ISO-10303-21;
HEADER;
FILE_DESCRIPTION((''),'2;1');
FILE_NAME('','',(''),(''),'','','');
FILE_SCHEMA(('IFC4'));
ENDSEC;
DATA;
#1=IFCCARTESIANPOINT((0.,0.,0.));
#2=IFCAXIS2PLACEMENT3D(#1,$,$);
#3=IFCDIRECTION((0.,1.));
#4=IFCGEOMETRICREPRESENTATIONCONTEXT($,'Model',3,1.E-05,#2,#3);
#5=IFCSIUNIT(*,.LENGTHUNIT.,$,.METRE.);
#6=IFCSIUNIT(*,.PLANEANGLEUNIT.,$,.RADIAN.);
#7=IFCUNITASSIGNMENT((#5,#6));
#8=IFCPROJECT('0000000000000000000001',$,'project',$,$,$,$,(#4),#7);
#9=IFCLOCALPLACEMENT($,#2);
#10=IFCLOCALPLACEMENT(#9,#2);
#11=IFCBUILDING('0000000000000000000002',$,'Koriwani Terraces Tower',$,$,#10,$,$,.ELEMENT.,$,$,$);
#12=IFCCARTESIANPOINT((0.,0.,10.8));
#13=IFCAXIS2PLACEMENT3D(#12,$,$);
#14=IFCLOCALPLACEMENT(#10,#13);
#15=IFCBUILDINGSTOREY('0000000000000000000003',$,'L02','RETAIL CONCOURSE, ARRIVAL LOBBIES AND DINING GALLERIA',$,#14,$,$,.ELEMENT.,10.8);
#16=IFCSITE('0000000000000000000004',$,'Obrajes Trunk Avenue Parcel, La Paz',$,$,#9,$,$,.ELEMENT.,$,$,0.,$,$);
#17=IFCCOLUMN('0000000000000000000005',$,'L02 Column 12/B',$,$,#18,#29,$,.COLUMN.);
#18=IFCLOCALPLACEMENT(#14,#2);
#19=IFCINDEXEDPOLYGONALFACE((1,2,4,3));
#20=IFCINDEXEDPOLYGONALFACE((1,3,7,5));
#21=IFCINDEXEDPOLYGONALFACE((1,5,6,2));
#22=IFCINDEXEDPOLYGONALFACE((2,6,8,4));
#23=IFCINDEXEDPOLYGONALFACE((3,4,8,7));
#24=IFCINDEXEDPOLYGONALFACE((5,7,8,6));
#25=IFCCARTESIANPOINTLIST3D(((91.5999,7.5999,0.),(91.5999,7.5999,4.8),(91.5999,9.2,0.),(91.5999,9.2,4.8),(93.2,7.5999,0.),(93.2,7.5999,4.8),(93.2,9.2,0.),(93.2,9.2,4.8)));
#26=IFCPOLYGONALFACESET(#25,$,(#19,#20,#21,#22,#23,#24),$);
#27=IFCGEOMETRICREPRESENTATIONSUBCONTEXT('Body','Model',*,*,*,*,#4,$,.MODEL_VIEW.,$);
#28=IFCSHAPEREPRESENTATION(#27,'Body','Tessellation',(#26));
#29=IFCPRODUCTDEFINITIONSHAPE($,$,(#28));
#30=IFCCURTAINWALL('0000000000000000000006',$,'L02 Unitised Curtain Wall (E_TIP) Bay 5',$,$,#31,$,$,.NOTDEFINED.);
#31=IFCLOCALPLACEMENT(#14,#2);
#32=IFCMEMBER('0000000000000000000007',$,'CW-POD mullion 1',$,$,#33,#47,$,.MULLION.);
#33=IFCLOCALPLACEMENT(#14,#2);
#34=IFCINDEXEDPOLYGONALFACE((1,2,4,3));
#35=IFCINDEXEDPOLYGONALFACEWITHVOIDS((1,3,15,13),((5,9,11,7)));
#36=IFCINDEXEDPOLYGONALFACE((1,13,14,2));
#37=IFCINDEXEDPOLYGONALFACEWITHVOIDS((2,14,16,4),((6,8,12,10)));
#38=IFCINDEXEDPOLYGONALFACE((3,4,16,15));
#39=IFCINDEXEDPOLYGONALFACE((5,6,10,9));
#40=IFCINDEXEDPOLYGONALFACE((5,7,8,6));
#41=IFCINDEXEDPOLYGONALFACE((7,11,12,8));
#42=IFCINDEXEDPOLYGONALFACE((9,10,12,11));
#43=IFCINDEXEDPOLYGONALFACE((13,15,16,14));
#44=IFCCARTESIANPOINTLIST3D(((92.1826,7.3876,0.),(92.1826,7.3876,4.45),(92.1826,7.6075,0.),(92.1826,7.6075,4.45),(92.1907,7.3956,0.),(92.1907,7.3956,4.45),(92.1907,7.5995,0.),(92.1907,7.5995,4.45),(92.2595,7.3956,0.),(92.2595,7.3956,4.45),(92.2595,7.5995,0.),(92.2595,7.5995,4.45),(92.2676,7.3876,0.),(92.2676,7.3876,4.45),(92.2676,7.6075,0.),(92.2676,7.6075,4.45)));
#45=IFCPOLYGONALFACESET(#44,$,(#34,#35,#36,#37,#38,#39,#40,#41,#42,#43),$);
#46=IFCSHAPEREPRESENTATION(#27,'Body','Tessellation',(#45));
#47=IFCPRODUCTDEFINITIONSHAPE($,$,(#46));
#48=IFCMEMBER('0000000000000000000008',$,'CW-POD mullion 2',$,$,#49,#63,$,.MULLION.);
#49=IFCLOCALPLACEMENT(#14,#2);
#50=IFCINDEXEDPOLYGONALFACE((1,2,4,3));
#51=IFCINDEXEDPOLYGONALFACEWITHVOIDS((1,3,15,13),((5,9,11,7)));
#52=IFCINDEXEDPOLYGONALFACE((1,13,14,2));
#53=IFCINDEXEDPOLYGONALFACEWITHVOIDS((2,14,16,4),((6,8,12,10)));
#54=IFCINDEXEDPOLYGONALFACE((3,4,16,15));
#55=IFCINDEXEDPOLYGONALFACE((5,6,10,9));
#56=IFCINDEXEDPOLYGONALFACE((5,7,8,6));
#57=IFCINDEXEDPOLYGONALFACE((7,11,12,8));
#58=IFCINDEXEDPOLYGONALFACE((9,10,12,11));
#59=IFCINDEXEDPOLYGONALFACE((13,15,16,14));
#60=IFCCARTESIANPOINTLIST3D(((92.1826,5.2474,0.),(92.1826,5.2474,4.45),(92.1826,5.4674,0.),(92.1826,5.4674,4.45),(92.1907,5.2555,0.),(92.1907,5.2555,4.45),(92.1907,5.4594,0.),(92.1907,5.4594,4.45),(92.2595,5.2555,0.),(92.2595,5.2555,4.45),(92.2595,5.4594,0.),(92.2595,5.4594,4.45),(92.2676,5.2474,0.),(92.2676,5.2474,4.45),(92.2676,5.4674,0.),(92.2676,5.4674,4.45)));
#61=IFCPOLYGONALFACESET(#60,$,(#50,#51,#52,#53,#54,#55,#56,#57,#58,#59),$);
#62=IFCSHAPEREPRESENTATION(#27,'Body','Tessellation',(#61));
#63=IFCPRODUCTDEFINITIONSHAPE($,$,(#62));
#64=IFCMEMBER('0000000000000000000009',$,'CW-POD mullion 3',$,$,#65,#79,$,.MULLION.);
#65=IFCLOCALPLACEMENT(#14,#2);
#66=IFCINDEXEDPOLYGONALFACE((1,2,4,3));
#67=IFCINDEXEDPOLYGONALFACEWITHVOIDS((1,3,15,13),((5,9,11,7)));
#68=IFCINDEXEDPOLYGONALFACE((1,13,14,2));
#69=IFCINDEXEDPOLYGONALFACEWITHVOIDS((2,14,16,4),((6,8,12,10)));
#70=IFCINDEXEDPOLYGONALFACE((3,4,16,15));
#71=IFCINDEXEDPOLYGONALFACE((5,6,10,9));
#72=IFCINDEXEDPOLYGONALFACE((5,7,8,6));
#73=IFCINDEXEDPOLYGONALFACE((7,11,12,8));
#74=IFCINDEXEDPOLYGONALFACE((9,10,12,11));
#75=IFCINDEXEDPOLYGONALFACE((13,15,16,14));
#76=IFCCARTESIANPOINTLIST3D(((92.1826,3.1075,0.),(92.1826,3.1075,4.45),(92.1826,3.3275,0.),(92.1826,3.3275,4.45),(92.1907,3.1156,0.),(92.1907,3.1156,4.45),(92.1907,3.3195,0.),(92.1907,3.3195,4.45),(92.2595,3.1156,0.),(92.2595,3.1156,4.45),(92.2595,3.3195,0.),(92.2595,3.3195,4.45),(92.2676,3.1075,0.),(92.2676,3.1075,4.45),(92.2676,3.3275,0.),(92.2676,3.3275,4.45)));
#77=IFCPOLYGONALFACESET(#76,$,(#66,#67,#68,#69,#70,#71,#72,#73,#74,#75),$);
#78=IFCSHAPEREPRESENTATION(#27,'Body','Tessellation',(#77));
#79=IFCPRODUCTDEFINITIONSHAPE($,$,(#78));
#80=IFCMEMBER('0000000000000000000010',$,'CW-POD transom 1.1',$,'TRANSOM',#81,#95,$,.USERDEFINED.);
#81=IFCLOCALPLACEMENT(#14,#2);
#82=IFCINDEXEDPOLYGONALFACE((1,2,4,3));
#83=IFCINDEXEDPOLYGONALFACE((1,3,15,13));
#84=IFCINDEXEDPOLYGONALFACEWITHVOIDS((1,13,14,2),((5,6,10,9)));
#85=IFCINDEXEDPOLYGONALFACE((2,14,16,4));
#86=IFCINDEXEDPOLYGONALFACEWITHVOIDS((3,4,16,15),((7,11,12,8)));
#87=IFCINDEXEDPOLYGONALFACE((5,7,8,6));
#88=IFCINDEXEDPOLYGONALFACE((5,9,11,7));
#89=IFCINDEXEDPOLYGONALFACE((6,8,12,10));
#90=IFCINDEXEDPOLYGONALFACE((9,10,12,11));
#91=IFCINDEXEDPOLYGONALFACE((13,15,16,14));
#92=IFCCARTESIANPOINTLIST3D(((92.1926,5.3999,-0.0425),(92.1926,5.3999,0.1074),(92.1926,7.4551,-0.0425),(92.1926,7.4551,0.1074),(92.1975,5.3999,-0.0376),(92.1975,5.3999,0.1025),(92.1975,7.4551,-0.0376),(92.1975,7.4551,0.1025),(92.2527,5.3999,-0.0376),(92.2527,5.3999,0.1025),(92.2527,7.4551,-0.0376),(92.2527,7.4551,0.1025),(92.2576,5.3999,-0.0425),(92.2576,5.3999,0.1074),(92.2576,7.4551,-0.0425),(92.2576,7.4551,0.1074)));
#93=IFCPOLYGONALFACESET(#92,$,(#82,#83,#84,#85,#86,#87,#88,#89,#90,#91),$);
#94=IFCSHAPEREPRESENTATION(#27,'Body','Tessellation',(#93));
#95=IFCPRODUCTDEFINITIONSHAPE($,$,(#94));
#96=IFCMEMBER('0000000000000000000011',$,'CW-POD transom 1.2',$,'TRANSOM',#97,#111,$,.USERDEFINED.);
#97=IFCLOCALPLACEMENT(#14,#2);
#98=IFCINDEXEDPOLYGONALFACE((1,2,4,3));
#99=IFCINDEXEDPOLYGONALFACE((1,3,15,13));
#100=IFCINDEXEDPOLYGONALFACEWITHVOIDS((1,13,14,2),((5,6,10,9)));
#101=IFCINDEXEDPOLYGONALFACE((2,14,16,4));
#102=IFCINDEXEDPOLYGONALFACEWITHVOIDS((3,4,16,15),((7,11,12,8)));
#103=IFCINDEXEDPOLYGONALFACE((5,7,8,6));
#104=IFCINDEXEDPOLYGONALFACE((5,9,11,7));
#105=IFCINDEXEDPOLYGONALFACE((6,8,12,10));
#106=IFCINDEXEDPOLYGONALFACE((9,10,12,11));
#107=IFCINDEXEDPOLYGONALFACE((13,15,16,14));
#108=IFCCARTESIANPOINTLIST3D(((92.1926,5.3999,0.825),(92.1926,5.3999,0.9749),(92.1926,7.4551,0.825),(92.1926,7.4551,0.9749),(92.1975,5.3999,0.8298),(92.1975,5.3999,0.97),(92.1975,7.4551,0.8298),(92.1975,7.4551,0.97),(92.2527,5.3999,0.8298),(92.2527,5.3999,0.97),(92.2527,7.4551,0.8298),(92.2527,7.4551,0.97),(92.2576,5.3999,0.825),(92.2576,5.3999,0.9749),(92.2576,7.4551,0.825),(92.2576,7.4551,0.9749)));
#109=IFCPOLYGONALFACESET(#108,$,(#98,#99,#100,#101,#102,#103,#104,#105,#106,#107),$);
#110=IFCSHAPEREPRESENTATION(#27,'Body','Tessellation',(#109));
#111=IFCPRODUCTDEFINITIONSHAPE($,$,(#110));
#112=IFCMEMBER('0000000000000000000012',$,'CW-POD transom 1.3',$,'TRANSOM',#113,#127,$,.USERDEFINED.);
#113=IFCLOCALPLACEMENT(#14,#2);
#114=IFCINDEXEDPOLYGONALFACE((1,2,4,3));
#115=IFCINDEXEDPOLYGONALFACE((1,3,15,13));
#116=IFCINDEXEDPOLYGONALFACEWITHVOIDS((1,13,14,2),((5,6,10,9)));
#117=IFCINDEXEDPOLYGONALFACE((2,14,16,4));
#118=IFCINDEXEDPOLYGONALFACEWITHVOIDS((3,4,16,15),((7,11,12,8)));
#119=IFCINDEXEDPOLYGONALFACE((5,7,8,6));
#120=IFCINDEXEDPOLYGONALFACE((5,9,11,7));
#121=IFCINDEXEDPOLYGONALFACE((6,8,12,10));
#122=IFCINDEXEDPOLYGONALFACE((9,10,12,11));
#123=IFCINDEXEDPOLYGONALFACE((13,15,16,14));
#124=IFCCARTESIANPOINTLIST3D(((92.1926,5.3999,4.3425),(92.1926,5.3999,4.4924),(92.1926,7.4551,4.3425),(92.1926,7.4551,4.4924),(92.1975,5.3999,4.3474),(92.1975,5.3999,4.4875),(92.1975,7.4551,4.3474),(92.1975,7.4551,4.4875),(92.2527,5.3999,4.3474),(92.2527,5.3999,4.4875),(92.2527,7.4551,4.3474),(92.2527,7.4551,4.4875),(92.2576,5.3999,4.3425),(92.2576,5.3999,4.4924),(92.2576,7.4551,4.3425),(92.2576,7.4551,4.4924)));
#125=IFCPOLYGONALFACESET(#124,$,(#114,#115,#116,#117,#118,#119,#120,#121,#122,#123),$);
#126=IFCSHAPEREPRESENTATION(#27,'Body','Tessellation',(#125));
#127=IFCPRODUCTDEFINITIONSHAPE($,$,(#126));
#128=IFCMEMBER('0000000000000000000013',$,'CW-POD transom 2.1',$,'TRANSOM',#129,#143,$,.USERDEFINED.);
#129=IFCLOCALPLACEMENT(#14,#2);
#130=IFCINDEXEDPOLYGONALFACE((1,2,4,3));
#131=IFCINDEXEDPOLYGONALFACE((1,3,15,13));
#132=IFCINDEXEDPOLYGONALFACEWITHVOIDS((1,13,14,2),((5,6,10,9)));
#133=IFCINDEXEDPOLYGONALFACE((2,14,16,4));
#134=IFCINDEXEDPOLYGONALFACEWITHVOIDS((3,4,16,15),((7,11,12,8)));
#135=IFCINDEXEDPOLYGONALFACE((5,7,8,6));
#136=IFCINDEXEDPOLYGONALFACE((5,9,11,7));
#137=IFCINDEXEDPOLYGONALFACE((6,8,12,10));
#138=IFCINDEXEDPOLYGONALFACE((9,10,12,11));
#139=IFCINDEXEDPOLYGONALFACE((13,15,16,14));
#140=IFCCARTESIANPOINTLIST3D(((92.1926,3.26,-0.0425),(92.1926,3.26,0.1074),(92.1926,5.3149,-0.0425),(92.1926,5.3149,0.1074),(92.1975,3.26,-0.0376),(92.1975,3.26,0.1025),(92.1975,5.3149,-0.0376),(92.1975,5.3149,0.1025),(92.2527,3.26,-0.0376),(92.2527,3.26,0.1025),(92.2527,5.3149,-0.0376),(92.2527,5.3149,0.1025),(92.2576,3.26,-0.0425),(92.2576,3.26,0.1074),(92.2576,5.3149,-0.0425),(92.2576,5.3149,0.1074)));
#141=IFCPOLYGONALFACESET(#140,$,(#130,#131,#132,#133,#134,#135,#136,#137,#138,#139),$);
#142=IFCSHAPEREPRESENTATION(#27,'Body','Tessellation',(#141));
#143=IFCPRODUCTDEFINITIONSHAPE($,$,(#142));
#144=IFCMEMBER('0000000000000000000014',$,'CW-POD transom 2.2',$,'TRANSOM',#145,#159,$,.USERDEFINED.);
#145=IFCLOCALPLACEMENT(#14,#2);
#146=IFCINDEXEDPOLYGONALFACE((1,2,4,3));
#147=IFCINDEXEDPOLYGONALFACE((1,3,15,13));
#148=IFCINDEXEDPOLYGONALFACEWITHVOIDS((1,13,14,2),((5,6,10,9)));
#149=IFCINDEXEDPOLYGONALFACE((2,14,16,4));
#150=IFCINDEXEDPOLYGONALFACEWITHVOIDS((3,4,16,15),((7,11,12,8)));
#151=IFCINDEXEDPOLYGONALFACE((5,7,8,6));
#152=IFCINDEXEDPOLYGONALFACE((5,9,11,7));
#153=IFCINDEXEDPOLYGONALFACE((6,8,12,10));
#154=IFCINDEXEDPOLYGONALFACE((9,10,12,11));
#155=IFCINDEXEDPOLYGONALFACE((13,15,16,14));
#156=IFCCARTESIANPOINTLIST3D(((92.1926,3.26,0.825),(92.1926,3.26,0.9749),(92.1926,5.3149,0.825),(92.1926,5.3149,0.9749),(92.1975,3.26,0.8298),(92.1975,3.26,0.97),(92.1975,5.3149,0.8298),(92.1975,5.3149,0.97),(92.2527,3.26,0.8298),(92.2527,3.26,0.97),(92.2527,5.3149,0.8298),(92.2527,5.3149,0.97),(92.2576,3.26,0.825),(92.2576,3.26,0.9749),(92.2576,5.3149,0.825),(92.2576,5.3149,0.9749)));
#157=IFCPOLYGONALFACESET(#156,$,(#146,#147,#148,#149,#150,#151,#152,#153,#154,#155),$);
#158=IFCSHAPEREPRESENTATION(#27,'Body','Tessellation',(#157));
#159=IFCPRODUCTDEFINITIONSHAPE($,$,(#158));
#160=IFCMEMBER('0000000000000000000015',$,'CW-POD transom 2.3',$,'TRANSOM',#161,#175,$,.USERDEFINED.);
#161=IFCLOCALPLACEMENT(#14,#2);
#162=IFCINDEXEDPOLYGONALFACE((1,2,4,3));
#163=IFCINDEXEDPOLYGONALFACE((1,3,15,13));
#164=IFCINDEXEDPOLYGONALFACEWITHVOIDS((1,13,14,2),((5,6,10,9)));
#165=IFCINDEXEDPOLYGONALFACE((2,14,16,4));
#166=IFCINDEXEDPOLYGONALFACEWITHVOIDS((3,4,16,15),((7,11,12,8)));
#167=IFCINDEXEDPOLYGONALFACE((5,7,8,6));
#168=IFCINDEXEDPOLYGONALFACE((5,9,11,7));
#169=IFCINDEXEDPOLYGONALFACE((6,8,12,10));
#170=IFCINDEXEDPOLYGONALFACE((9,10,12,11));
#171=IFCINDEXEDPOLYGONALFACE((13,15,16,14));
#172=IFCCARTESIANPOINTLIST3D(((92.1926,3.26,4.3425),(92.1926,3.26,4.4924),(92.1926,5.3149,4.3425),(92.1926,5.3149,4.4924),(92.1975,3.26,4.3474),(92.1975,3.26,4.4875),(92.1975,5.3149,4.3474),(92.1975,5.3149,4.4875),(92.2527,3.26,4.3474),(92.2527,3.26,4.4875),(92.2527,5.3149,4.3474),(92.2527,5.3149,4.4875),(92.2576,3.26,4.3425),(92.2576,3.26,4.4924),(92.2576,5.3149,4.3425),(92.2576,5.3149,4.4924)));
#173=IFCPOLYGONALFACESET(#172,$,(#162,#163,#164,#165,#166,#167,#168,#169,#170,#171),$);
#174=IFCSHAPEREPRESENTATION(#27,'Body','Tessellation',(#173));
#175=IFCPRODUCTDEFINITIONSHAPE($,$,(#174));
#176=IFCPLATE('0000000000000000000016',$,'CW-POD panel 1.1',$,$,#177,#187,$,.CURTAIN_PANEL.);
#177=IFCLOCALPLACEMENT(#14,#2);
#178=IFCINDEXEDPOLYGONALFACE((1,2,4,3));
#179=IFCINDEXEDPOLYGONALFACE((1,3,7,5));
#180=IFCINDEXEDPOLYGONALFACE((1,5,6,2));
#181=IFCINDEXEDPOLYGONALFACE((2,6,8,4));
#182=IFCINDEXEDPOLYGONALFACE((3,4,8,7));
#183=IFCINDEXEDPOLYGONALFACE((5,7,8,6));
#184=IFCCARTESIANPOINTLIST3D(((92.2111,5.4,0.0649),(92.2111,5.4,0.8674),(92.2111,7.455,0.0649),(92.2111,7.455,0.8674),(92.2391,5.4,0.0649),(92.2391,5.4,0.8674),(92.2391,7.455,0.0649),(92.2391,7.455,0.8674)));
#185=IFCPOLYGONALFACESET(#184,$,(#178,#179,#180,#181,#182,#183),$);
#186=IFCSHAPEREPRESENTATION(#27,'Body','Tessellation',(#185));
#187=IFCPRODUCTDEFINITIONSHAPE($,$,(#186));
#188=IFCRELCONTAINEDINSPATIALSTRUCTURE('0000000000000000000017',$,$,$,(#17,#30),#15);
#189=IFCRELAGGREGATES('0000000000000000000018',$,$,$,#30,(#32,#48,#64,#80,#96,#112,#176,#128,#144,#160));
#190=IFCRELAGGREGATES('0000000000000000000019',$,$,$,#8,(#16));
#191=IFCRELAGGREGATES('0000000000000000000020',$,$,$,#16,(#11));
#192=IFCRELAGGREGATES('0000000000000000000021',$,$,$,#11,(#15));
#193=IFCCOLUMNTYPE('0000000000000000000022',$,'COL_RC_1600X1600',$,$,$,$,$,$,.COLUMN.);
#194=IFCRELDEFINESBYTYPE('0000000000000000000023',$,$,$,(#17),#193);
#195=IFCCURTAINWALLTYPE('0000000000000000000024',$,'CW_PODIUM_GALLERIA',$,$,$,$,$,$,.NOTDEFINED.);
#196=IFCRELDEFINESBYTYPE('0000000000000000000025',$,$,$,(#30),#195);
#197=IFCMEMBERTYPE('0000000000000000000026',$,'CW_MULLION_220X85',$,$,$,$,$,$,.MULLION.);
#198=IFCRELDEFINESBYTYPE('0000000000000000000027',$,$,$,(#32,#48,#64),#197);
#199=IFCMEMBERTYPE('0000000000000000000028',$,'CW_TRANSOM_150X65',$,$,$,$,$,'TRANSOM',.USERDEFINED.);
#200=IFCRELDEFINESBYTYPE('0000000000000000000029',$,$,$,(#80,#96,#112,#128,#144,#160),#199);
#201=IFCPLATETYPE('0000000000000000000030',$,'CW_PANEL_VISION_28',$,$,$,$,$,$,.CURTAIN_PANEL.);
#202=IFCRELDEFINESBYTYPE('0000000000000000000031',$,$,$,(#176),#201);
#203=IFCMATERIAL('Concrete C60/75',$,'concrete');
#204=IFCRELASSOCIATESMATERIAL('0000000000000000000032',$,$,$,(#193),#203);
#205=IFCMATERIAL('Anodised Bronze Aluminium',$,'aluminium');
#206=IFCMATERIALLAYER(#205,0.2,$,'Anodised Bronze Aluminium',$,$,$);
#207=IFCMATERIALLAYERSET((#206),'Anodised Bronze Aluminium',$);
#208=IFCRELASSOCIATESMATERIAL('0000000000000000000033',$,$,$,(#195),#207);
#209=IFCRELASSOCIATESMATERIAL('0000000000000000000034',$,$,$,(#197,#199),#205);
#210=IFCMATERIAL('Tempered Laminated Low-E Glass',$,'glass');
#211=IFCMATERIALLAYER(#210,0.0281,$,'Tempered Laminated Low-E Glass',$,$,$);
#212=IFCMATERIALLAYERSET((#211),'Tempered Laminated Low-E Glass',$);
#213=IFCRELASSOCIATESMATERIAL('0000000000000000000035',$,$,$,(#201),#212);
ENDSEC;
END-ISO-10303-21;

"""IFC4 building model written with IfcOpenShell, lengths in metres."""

from ifc_helpers import new_model, si_unit, direction, frame, origin, origin_2d, place, context, subcontext, project, spatial, rectangle, hollow_rectangle, extrude, material, layer, layer_set, material_profile, profile_set, type_object, element, aggregate, save


model = new_model("IFC4")

# Units and contexts
model_context = context("Model", 3, precision=1e-05, world=origin(), true_north=direction((0.0, 1.0)))
body_context = subcontext(model_context, "Body", "Model", "MODEL_VIEW")
ifc_project = project(units=[si_unit("LENGTHUNIT", "METRE"), si_unit("PLANEANGLEUNIT", "RADIAN")], contexts=[model_context])

# Site, building, storey
site_placement = place(None, origin())
site = spatial("IfcSite", under=ifc_project, at=site_placement, Name="Obrajes Trunk Avenue Parcel, La Paz", CompositionType="ELEMENT", RefElevation=0.0)
building_placement = place(site_placement, origin())
building = spatial("IfcBuilding", under=site, at=building_placement, Name="Koriwani Terraces Tower", CompositionType="ELEMENT")
storey_placement = place(building_placement, frame((0.0, 0.0, 10.8)))
storey = spatial("IfcBuildingStorey", under=building, at=storey_placement, Name="L02", Description="RETAIL CONCOURSE, ARRIVAL LOBBIES AND DINING GALLERIA", CompositionType="ELEMENT", Elevation=10.8)

# Column
ifc_material_1 = material(Name="Concrete C60/75", Category="concrete")
ifc_material_profile_1 = material_profile(ifc_material_1, rectangle(XDim=1.6001, YDim=1.6001, at=origin_2d()), Name="Concrete C60/75", Category="LoadBearing")
ifc_profile_set_1 = profile_set([ifc_material_profile_1], Name="Concrete C60/75")
column_type = type_object("IfcColumnType", Name="COL_RC_1600X1600", PredefinedType="COLUMN", material=ifc_profile_set_1)
column_placement = place(storey_placement, frame((92.3999, 8.3999, 0.0), z_axis=(0.0, 0.0, 1.0), x_axis=(1.0, 0.0, 0.0)))
element("IfcColumn", 1, at=column_placement, inside=storey, type_object=column_type, Name="L02 Column 12/B", PredefinedType="COLUMN", context=body_context, shape_type="SweptSolid", body=[
    extrude(rectangle(XDim=1.6001, YDim=1.6001, at=origin_2d()), origin(), (0.0, 0.0, 1.0), 4.8),
])

# Curtain wall, members, plate
ifc_material_2 = material(Name="Anodised Bronze Aluminium", Category="aluminium")
ifc_layer_1 = layer(ifc_material_2, 0.2, Name="Anodised Bronze Aluminium")
ifc_layer_set_1 = layer_set([ifc_layer_1], Name="Anodised Bronze Aluminium")
curtain_wall_type = type_object("IfcCurtainWallType", Name="CW_PODIUM_GALLERIA", PredefinedType="NOTDEFINED", material=ifc_layer_set_1)
curtain_wall_placement = place(storey_placement, origin())
curtain_wall = element("IfcCurtainWall", 2, at=curtain_wall_placement, inside=storey, type_object=curtain_wall_type, Name="L02 Unitised Curtain Wall (E_TIP) Bay 5", PredefinedType="NOTDEFINED")
ifc_material_profile_2 = material_profile(ifc_material_2, hollow_rectangle(XDim=0.085, YDim=0.22, WallThickness=0.0081, at=origin_2d()), Name="Anodised Bronze Aluminium", Category="LoadBearing")
ifc_profile_set_2 = profile_set([ifc_material_profile_2], Name="Anodised Bronze Aluminium")
member_type_1 = type_object("IfcMemberType", Name="CW_MULLION_220X85", PredefinedType="MULLION", material=ifc_profile_set_2)
member_1_placement = place(storey_placement, frame((92.2251, 7.4976, 0.0), z_axis=(0.0, 0.0, 1.0), x_axis=(1.0, 0.0, 0.0)))
member_1 = element("IfcMember", 3, at=member_1_placement, type_object=member_type_1, Name="CW-POD mullion 1", PredefinedType="MULLION", context=body_context, shape_type="SweptSolid", body=[
    extrude(hollow_rectangle(XDim=0.085, YDim=0.22, WallThickness=0.0081, at=origin_2d()), origin(), (0.0, 0.0, 1.0), 4.45),
])
member_2_placement = place(storey_placement, frame((92.2251, 5.3574, 0.0), z_axis=(0.0, 0.0, 1.0), x_axis=(1.0, 0.0, 0.0)))
member_2 = element("IfcMember", 4, at=member_2_placement, type_object=member_type_1, Name="CW-POD mullion 2", PredefinedType="MULLION", context=body_context, shape_type="SweptSolid", body=[
    extrude(hollow_rectangle(XDim=0.085, YDim=0.22, WallThickness=0.0081, at=origin_2d()), origin(), (0.0, 0.0, 1.0), 4.45),
])
member_3_placement = place(storey_placement, frame((92.2251, 3.2175, 0.0), z_axis=(0.0, 0.0, 1.0), x_axis=(1.0, 0.0, 0.0)))
member_3 = element("IfcMember", 5, at=member_3_placement, type_object=member_type_1, Name="CW-POD mullion 3", PredefinedType="MULLION", context=body_context, shape_type="SweptSolid", body=[
    extrude(hollow_rectangle(XDim=0.085, YDim=0.22, WallThickness=0.0081, at=origin_2d()), origin(), (0.0, 0.0, 1.0), 4.45),
])
ifc_material_profile_3 = material_profile(ifc_material_2, hollow_rectangle(XDim=0.0649, YDim=0.1499, WallThickness=0.0049, at=origin_2d()), Name="Anodised Bronze Aluminium", Category="LoadBearing")
ifc_profile_set_3 = profile_set([ifc_material_profile_3], Name="Anodised Bronze Aluminium")
member_type_2 = type_object("IfcMemberType", Name="CW_TRANSOM_150X65", ElementType="TRANSOM", PredefinedType="USERDEFINED", material=ifc_profile_set_3)
member_4_placement = place(storey_placement, frame((92.2251, 7.4551, 0.0325), z_axis=(0.0, -1.0, 0.0), x_axis=(1.0, 0.0, 0.0)))
member_4 = element("IfcMember", 6, at=member_4_placement, type_object=member_type_2, Name="CW-POD transom 1.1", ObjectType="TRANSOM", PredefinedType="USERDEFINED", context=body_context, shape_type="SweptSolid", body=[
    extrude(hollow_rectangle(XDim=0.0649, YDim=0.1499, WallThickness=0.0049, at=origin_2d()), origin(), (0.0, 0.0, 1.0), 2.0552),
])
member_5_placement = place(storey_placement, frame((92.2251, 7.4551, 0.8999), z_axis=(0.0, -1.0, 0.0), x_axis=(1.0, 0.0, 0.0)))
member_5 = element("IfcMember", 7, at=member_5_placement, type_object=member_type_2, Name="CW-POD transom 1.2", ObjectType="TRANSOM", PredefinedType="USERDEFINED", context=body_context, shape_type="SweptSolid", body=[
    extrude(hollow_rectangle(XDim=0.0649, YDim=0.1499, WallThickness=0.0049, at=origin_2d()), origin(), (0.0, 0.0, 1.0), 2.0552),
])
member_6_placement = place(storey_placement, frame((92.2251, 7.4551, 4.4175), z_axis=(0.0, -1.0, 0.0), x_axis=(1.0, 0.0, 0.0)))
member_6 = element("IfcMember", 8, at=member_6_placement, type_object=member_type_2, Name="CW-POD transom 1.3", ObjectType="TRANSOM", PredefinedType="USERDEFINED", context=body_context, shape_type="SweptSolid", body=[
    extrude(hollow_rectangle(XDim=0.0649, YDim=0.1499, WallThickness=0.0049, at=origin_2d()), origin(), (0.0, 0.0, 1.0), 2.0552),
])
member_7_placement = place(storey_placement, frame((92.2251, 5.3149, 0.0325), z_axis=(0.0, -1.0, 0.0), x_axis=(1.0, 0.0, 0.0)))
member_7 = element("IfcMember", 9, at=member_7_placement, type_object=member_type_2, Name="CW-POD transom 2.1", ObjectType="TRANSOM", PredefinedType="USERDEFINED", context=body_context, shape_type="SweptSolid", body=[
    extrude(hollow_rectangle(XDim=0.0649, YDim=0.1499, WallThickness=0.0049, at=origin_2d()), origin(), (0.0, 0.0, 1.0), 2.0549),
])
member_8_placement = place(storey_placement, frame((92.2251, 5.3149, 0.8999), z_axis=(0.0, -1.0, 0.0), x_axis=(1.0, 0.0, 0.0)))
member_8 = element("IfcMember", 10, at=member_8_placement, type_object=member_type_2, Name="CW-POD transom 2.2", ObjectType="TRANSOM", PredefinedType="USERDEFINED", context=body_context, shape_type="SweptSolid", body=[
    extrude(hollow_rectangle(XDim=0.0649, YDim=0.1499, WallThickness=0.0049, at=origin_2d()), origin(), (0.0, 0.0, 1.0), 2.0549),
])
member_9_placement = place(storey_placement, frame((92.2251, 5.3149, 4.4175), z_axis=(0.0, -1.0, 0.0), x_axis=(1.0, 0.0, 0.0)))
member_9 = element("IfcMember", 11, at=member_9_placement, type_object=member_type_2, Name="CW-POD transom 2.3", ObjectType="TRANSOM", PredefinedType="USERDEFINED", context=body_context, shape_type="SweptSolid", body=[
    extrude(hollow_rectangle(XDim=0.0649, YDim=0.1499, WallThickness=0.0049, at=origin_2d()), origin(), (0.0, 0.0, 1.0), 2.0549),
])
ifc_material_3 = material(Name="Tempered Laminated Low-E Glass", Category="glass")
ifc_layer_2 = layer(ifc_material_3, 0.0281, Name="Tempered Laminated Low-E Glass")
ifc_layer_set_2 = layer_set([ifc_layer_2], Name="Tempered Laminated Low-E Glass")
plate_type = type_object("IfcPlateType", Name="CW_PANEL_VISION_28", PredefinedType="CURTAIN_PANEL", material=ifc_layer_set_2)
plate_1_placement = place(storey_placement, frame((92.2251, 6.4275, 0.0649), z_axis=(0.0, 0.0, 1.0), x_axis=(0.0, -1.0, 0.0)))
plate_1 = element("IfcPlate", 12, at=plate_1_placement, type_object=plate_type, Name="CW-POD panel 1.1", PredefinedType="CURTAIN_PANEL", context=body_context, shape_type="SweptSolid", body=[
    extrude(rectangle(XDim=2.0549, YDim=0.0281, at=origin_2d()), origin(), (0.0, 0.0, 1.0), 0.8025),
])
aggregate(curtain_wall, [member_1, member_2, member_3, member_4, member_5, member_6, plate_1, member_7, member_8, member_9])

save(model, "model.ifc")
